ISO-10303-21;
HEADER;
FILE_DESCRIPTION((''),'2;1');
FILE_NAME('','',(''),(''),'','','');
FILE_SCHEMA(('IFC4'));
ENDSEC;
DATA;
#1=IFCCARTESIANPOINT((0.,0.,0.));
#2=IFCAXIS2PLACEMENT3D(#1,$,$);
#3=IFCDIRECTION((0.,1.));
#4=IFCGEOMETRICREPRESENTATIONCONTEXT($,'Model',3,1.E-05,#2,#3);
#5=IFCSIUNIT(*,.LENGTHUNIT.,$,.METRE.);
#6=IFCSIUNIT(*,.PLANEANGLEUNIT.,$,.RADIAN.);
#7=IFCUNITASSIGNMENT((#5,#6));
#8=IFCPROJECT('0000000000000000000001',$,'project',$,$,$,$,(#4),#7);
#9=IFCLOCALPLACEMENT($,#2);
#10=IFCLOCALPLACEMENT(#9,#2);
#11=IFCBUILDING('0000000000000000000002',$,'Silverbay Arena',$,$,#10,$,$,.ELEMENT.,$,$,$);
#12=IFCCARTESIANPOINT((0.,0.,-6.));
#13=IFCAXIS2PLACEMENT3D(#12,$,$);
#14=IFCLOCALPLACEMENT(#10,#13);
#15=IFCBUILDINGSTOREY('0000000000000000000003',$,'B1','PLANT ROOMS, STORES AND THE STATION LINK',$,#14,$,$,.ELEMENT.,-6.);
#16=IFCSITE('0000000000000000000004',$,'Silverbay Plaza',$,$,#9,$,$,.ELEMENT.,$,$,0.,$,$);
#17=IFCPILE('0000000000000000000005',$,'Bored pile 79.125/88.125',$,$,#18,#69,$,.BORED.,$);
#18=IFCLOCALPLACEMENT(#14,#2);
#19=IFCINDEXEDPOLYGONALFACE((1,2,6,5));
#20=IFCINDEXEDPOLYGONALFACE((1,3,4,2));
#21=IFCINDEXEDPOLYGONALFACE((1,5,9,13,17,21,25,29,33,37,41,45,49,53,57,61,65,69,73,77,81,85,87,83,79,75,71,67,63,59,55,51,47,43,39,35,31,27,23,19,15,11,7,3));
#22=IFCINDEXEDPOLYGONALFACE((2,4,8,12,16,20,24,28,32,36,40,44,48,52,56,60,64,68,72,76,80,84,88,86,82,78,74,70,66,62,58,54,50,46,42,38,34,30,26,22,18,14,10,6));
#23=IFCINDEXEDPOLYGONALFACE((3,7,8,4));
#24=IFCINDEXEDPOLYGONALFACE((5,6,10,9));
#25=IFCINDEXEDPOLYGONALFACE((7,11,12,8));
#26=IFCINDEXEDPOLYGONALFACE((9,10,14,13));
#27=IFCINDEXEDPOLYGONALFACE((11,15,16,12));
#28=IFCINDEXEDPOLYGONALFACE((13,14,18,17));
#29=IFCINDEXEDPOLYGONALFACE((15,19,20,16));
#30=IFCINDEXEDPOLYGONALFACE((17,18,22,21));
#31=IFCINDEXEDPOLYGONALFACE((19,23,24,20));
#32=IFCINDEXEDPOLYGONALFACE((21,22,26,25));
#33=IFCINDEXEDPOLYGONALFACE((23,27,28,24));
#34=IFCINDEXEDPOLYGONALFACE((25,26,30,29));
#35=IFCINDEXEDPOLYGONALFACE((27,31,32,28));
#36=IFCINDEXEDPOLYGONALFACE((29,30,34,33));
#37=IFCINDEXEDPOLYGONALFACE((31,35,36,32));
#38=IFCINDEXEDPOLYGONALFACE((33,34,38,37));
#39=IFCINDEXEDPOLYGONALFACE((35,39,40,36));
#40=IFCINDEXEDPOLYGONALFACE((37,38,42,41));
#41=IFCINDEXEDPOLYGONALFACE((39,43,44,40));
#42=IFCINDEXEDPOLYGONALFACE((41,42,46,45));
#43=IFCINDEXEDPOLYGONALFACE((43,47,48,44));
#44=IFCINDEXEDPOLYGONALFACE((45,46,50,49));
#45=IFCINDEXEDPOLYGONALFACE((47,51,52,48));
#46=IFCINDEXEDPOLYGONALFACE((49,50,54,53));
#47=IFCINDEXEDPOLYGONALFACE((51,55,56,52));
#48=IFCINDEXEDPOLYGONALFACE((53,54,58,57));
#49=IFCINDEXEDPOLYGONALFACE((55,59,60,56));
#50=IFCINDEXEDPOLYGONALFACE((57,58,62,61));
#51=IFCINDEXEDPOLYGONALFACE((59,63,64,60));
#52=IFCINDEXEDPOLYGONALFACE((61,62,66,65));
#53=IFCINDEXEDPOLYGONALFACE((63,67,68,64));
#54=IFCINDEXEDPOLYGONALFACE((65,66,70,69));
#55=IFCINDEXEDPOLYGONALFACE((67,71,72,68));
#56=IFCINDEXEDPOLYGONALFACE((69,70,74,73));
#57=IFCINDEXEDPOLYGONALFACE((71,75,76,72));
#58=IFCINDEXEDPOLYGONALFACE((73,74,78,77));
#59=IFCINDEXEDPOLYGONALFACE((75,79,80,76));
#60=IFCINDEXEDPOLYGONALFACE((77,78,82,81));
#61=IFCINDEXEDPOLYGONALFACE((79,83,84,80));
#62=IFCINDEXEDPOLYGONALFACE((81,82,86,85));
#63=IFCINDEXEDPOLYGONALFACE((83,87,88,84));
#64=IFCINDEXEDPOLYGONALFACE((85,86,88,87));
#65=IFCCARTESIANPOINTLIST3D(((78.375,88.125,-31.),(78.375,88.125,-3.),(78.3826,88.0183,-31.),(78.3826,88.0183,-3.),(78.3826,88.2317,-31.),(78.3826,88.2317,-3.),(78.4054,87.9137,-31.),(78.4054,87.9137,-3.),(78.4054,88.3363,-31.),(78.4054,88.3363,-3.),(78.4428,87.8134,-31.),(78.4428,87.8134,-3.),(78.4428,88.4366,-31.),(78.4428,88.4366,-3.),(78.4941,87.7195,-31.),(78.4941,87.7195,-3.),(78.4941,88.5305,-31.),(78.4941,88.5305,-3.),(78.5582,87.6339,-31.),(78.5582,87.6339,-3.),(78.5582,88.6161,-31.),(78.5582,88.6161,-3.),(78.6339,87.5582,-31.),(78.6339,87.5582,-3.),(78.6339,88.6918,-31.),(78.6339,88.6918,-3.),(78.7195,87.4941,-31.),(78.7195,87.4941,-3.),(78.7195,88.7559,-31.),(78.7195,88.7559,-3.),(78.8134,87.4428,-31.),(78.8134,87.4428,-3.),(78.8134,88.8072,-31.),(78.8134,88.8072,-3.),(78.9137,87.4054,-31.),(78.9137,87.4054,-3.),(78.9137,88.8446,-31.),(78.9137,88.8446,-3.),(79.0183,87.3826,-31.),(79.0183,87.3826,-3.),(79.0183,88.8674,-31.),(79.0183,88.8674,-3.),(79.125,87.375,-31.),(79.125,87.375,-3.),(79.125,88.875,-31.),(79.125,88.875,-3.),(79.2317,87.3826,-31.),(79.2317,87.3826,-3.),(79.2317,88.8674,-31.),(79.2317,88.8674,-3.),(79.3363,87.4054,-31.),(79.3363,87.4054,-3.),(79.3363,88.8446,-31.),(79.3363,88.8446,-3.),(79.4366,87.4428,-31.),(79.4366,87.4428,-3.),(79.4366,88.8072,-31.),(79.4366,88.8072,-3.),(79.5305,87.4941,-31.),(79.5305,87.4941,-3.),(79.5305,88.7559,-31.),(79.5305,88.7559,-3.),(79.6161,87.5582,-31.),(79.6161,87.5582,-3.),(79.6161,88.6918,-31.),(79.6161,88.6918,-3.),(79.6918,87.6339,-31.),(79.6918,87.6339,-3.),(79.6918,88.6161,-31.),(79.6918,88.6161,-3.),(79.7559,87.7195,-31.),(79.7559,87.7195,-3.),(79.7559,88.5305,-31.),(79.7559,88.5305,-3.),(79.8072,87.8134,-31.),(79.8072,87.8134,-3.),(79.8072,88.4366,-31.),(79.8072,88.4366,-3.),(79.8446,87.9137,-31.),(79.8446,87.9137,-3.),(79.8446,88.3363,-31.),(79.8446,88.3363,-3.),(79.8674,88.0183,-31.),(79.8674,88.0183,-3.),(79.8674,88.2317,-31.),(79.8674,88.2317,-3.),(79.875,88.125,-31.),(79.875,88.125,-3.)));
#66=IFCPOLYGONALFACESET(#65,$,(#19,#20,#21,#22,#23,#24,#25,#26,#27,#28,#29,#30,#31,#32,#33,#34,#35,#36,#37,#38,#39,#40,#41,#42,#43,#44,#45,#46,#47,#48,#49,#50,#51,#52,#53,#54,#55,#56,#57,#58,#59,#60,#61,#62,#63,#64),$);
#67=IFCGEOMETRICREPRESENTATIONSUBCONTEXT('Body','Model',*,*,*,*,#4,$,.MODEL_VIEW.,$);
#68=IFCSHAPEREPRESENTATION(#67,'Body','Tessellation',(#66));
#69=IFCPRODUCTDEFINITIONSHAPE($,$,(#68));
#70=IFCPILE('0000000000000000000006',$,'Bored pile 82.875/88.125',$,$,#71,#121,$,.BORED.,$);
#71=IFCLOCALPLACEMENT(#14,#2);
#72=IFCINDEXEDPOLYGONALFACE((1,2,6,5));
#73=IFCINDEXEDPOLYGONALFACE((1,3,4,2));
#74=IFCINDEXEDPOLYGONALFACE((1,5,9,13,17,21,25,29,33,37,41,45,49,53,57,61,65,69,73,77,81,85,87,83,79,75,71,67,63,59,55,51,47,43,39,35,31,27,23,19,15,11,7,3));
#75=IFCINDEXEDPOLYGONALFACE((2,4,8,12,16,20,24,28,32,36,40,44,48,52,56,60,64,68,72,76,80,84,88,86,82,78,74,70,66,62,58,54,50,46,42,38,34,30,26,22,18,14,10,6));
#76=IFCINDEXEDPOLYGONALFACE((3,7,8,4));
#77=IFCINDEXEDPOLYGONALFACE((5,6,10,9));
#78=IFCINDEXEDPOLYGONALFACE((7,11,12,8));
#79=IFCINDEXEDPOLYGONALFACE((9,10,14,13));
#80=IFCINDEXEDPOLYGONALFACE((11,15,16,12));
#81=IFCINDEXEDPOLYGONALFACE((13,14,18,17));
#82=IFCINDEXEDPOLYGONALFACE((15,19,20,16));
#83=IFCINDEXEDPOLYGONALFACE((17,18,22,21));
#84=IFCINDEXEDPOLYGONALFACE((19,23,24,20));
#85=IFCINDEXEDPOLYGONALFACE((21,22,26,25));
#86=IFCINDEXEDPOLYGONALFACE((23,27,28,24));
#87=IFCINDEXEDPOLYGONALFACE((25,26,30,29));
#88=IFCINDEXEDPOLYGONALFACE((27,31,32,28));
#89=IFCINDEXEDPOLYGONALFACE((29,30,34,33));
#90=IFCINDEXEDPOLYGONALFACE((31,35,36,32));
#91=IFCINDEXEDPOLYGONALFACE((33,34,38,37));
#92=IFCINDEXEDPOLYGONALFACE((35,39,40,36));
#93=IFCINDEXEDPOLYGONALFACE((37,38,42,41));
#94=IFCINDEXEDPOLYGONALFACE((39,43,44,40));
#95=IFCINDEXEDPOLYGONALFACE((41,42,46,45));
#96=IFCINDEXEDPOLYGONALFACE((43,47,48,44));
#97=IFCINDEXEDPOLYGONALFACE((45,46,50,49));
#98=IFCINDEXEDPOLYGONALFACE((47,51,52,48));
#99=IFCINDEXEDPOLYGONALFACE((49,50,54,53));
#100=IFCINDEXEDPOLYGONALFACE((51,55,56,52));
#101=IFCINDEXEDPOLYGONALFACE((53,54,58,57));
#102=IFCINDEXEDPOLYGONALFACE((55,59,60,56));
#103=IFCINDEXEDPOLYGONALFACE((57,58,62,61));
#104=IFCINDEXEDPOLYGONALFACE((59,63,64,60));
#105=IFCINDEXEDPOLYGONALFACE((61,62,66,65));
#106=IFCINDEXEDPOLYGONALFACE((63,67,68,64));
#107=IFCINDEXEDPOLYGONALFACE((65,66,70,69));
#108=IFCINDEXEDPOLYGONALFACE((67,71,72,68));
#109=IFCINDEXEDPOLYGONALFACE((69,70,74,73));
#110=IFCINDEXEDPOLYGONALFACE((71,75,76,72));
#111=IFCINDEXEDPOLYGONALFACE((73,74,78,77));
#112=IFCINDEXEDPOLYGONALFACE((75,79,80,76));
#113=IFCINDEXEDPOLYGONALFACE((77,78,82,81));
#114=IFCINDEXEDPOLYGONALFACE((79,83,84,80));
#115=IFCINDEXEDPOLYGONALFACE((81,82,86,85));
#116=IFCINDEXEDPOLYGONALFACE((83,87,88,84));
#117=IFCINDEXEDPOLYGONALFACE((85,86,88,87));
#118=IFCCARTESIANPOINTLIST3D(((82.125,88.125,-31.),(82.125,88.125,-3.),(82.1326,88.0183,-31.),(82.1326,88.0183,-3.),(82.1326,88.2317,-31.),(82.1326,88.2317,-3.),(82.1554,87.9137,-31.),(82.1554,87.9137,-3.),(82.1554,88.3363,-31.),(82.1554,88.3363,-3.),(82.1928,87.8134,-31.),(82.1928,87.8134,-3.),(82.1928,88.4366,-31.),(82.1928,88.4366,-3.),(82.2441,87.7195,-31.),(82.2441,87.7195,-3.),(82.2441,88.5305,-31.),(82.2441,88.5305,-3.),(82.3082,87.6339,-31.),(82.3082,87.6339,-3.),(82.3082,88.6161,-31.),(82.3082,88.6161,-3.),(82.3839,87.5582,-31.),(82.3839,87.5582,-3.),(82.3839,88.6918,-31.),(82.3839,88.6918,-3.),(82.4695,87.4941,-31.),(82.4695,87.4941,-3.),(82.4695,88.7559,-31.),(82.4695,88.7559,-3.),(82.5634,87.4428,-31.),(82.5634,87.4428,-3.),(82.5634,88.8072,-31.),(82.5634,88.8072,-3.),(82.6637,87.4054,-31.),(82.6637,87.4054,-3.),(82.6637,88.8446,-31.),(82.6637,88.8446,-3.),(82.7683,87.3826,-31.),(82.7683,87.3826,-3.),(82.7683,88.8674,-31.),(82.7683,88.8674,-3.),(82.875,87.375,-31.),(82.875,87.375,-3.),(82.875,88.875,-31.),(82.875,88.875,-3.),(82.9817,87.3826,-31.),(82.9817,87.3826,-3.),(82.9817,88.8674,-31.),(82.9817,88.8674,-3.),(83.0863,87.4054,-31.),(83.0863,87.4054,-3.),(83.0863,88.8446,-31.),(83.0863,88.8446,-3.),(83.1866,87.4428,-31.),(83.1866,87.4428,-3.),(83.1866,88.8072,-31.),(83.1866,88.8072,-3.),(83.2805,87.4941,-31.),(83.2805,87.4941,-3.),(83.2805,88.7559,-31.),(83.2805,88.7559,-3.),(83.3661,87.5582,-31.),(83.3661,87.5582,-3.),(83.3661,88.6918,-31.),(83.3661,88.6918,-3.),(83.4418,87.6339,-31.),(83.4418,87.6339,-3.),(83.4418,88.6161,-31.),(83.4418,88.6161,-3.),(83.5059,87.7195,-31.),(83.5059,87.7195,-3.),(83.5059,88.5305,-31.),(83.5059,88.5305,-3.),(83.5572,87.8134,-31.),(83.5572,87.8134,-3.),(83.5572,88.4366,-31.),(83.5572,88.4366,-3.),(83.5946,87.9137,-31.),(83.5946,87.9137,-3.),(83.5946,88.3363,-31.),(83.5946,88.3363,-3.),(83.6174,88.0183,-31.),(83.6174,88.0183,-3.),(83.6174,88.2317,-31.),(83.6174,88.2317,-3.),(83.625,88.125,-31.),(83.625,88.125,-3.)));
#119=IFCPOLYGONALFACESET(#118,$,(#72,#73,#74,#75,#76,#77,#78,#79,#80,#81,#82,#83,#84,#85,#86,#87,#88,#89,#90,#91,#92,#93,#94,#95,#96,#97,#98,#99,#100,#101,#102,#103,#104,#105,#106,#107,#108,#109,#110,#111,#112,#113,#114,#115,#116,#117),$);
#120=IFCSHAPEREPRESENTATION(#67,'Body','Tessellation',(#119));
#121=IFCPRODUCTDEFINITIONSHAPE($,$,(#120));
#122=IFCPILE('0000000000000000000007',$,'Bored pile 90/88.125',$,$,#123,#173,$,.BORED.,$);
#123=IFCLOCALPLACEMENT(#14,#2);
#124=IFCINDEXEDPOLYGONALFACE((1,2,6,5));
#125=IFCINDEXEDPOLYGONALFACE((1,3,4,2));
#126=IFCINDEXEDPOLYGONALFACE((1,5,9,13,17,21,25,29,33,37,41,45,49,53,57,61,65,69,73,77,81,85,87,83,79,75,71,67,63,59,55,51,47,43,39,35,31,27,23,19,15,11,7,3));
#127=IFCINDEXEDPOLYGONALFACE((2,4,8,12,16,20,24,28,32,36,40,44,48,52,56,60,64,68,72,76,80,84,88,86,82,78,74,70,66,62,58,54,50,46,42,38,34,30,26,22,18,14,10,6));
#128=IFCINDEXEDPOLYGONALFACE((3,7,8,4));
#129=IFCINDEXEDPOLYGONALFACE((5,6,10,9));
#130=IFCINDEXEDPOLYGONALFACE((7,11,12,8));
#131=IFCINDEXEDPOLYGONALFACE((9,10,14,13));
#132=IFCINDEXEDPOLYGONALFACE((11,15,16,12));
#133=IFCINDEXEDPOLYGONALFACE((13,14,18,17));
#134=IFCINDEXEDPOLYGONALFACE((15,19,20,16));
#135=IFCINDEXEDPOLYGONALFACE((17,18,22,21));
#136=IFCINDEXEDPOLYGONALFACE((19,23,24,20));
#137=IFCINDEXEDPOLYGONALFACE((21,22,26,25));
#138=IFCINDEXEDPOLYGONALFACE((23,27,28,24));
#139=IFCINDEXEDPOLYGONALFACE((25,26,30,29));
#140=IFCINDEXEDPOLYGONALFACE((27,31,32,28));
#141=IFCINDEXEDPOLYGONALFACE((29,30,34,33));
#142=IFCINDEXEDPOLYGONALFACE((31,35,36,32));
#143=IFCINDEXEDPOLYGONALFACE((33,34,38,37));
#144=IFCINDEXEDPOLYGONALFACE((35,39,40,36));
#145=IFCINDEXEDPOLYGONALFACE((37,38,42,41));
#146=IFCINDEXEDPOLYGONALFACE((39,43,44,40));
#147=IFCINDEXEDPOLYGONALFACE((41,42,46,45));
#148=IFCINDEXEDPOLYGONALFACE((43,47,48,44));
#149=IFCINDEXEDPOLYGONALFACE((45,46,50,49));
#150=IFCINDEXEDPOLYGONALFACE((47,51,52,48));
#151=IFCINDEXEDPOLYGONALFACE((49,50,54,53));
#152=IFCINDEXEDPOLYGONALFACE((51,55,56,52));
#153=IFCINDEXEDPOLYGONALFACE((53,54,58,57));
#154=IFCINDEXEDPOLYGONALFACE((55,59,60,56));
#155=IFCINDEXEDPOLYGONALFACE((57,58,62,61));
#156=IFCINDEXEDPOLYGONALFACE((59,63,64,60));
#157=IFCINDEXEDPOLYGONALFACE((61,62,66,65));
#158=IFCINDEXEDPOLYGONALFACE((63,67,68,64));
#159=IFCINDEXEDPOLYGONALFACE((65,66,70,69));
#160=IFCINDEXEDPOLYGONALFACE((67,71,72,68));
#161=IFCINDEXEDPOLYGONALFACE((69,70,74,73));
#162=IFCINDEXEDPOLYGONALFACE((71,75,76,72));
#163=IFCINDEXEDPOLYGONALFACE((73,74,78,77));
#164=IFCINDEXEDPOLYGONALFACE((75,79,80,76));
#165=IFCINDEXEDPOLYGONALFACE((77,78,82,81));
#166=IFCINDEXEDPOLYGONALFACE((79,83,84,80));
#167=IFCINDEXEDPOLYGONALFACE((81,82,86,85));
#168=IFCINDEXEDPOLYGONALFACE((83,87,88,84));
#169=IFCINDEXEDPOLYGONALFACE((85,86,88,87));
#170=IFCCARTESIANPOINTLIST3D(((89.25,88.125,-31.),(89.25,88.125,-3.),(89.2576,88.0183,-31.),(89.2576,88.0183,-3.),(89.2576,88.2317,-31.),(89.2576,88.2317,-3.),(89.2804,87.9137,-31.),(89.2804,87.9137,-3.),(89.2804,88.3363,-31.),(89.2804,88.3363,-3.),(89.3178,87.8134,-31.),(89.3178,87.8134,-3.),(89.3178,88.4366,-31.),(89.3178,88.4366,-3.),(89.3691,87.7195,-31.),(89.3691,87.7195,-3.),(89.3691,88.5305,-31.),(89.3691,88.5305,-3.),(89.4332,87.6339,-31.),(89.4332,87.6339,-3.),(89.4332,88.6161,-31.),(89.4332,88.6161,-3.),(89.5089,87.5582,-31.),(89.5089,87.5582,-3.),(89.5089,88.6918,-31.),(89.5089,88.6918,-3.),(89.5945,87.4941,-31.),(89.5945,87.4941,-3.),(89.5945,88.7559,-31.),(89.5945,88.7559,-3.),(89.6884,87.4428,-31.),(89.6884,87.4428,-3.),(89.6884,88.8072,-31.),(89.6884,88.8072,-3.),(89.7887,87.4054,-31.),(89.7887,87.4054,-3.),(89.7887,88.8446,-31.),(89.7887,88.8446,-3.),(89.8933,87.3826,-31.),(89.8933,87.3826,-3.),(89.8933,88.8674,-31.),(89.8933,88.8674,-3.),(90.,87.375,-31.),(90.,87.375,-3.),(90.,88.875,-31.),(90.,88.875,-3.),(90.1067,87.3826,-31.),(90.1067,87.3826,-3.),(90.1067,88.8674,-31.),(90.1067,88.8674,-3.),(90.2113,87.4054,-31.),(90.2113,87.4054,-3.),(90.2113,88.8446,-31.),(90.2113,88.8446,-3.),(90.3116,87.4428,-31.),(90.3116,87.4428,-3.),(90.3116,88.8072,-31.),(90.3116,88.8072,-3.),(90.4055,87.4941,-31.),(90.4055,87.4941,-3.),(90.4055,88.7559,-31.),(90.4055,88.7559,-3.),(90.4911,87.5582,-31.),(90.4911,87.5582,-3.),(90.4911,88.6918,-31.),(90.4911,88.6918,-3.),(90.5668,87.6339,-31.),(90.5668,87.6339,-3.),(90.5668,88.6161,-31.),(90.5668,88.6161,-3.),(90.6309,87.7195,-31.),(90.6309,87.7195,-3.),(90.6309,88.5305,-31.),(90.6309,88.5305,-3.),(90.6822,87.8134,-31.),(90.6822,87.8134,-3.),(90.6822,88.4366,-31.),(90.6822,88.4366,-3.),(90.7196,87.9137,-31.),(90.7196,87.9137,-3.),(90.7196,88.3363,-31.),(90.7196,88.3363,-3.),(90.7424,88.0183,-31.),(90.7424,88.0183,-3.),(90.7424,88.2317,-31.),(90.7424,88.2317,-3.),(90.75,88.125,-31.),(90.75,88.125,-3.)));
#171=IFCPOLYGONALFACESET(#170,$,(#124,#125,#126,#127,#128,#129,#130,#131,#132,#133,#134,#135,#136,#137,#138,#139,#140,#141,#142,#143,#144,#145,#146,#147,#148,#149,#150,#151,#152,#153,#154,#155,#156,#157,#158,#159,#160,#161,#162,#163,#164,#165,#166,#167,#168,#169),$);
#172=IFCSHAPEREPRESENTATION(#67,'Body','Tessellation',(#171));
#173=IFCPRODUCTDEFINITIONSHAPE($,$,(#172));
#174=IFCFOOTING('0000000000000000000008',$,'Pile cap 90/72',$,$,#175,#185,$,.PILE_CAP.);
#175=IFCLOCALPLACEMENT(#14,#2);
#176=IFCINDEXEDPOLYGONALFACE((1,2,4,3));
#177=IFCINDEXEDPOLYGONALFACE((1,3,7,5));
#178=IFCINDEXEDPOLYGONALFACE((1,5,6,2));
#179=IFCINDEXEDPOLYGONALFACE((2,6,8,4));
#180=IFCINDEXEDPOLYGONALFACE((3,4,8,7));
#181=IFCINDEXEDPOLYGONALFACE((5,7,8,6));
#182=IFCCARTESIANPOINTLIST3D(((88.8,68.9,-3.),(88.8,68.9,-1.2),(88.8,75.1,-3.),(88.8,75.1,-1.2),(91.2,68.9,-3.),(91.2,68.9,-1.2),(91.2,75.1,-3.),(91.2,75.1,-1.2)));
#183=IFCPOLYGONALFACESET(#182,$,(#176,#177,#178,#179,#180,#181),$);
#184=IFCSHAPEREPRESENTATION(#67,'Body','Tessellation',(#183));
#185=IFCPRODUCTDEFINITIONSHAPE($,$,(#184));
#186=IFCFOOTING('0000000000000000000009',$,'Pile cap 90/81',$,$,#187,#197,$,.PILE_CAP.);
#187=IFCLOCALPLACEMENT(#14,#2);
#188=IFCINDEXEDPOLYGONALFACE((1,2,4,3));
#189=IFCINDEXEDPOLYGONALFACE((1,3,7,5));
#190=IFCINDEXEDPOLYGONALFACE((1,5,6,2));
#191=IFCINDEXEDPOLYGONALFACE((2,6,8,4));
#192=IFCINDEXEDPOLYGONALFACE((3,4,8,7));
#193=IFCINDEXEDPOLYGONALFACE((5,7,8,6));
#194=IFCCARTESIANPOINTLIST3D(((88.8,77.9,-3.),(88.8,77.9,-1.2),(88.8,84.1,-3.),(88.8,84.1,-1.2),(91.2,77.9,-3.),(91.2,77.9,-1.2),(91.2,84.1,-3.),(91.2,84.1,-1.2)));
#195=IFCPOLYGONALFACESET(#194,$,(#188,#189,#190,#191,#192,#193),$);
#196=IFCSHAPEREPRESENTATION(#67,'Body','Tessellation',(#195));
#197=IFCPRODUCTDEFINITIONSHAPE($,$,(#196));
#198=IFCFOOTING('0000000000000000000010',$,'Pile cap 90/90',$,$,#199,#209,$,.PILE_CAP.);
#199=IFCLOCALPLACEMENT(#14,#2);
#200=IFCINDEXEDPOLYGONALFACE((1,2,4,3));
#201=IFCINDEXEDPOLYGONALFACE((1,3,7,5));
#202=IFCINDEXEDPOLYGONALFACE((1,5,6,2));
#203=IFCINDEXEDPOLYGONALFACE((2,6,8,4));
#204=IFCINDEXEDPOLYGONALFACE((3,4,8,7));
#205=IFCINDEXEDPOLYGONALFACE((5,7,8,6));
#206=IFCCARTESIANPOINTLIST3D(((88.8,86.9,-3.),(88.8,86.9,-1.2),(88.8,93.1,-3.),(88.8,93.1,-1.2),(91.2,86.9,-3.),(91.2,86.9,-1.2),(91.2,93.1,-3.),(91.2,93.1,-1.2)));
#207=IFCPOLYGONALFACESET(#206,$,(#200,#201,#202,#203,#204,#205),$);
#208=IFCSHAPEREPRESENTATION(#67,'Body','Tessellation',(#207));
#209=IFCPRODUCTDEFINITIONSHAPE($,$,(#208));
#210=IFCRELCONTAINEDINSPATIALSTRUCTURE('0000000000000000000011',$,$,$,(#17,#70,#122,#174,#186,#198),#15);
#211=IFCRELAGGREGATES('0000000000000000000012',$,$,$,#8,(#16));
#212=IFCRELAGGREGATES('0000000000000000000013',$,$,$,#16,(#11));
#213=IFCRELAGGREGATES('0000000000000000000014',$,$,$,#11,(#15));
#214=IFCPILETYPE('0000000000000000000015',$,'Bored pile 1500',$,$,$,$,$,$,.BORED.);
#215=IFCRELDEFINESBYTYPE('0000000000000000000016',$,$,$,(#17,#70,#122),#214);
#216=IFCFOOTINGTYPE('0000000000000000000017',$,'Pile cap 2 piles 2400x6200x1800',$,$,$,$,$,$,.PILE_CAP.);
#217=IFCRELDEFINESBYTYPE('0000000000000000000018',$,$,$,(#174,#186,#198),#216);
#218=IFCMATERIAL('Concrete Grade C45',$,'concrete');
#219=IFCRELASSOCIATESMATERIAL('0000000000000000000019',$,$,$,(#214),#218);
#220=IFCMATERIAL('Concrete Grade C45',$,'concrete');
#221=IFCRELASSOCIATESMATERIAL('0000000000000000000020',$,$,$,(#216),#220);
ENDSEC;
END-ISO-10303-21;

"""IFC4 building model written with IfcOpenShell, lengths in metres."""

from ifc_helpers import new_model, si_unit, direction, frame, origin, origin_2d, place, context, subcontext, project, spatial, rectangle, circle, extrude, material, material_profile, profile_set, type_object, element, save


model = new_model("IFC4")

# Units and contexts
model_context = context("Model", 3, precision=1e-05, world=origin(), true_north=direction((0.0, 1.0)))
body_context = subcontext(model_context, "Body", "Model", "MODEL_VIEW")
ifc_project = project(units=[si_unit("LENGTHUNIT", "METRE"), si_unit("PLANEANGLEUNIT", "RADIAN")], contexts=[model_context])

# Site, building, storey
site_placement = place(None, origin())
site = spatial("IfcSite", under=ifc_project, at=site_placement, Name="Silverbay Plaza", CompositionType="ELEMENT", RefElevation=0.0)
building_placement = place(site_placement, origin())
building = spatial("IfcBuilding", under=site, at=building_placement, Name="Silverbay Arena", CompositionType="ELEMENT")
storey_placement = place(building_placement, frame((0.0, 0.0, -6.0)))
storey = spatial("IfcBuildingStorey", under=building, at=storey_placement, Name="B1", Description="PLANT ROOMS, STORES AND THE STATION LINK", CompositionType="ELEMENT", Elevation=-6.0)

# Piles
ifc_material_1 = material(Name="Concrete Grade C45", Category="concrete")
ifc_material_profile_1 = material_profile(ifc_material_1, circle(Radius=0.75, at=origin_2d()), Name="Bored pile 1500")
ifc_profile_set_1 = profile_set([ifc_material_profile_1], Name="Concrete Grade C45")
pile_type = type_object("IfcPileType", Name="Bored pile 1500", PredefinedType="BORED", material=ifc_profile_set_1)
for number, where, z_axis, x_axis, name in (
    (1, (79.125, 88.125, -3.0), (0.0, 0.0, -1.0), (1.0, 0.0, 0.0), "Bored pile 79.125/88.125"),
    (2, (82.875, 88.125, -3.0), (0.0, 0.0, -1.0), (1.0, 0.0, 0.0), "Bored pile 82.875/88.125"),
    (3, (90.0, 88.125, -3.0), (0.0, 0.0, -1.0), (1.0, 0.0, 0.0), "Bored pile 90/88.125"),
):
    element("IfcPile", number, at=place(storey_placement, frame(where, z_axis=z_axis, x_axis=x_axis)), inside=storey, type_object=pile_type, Name=name, PredefinedType="BORED", context=body_context, shape_type="SweptSolid", body=[
        extrude(circle(Radius=0.75, at=origin_2d()), origin(), (0.0, 0.0, 1.0), 28.0),
    ])

# Footings
ifc_material_2 = material(Name="Concrete Grade C45", Category="concrete")
footing_type_1 = type_object("IfcFootingType", Name="Pile cap 2 piles 2400x6200x1800", PredefinedType="PILE_CAP", material=ifc_material_2)
for number, where, z_axis, x_axis, name in (
    (4, (90.0, 72.0, -3.0), (0.0, 0.0, 1.0), (1.0, 0.0, 0.0), "Pile cap 90/72"),
    (5, (90.0, 81.0, -3.0), (0.0, 0.0, 1.0), (1.0, 0.0, 0.0), "Pile cap 90/81"),
    (6, (90.0, 90.0, -3.0), (0.0, 0.0, 1.0), (1.0, 0.0, 0.0), "Pile cap 90/90"),
):
    element("IfcFooting", number, at=place(storey_placement, frame(where, z_axis=z_axis, x_axis=x_axis)), inside=storey, type_object=footing_type_1, Name=name, PredefinedType="PILE_CAP", context=body_context, shape_type="SweptSolid", body=[
        extrude(rectangle(XDim=2.3999, YDim=6.2, at=origin_2d()), origin(), (0.0, 0.0, 1.0), 1.8),
    ])

save(model, "model.ifc")
